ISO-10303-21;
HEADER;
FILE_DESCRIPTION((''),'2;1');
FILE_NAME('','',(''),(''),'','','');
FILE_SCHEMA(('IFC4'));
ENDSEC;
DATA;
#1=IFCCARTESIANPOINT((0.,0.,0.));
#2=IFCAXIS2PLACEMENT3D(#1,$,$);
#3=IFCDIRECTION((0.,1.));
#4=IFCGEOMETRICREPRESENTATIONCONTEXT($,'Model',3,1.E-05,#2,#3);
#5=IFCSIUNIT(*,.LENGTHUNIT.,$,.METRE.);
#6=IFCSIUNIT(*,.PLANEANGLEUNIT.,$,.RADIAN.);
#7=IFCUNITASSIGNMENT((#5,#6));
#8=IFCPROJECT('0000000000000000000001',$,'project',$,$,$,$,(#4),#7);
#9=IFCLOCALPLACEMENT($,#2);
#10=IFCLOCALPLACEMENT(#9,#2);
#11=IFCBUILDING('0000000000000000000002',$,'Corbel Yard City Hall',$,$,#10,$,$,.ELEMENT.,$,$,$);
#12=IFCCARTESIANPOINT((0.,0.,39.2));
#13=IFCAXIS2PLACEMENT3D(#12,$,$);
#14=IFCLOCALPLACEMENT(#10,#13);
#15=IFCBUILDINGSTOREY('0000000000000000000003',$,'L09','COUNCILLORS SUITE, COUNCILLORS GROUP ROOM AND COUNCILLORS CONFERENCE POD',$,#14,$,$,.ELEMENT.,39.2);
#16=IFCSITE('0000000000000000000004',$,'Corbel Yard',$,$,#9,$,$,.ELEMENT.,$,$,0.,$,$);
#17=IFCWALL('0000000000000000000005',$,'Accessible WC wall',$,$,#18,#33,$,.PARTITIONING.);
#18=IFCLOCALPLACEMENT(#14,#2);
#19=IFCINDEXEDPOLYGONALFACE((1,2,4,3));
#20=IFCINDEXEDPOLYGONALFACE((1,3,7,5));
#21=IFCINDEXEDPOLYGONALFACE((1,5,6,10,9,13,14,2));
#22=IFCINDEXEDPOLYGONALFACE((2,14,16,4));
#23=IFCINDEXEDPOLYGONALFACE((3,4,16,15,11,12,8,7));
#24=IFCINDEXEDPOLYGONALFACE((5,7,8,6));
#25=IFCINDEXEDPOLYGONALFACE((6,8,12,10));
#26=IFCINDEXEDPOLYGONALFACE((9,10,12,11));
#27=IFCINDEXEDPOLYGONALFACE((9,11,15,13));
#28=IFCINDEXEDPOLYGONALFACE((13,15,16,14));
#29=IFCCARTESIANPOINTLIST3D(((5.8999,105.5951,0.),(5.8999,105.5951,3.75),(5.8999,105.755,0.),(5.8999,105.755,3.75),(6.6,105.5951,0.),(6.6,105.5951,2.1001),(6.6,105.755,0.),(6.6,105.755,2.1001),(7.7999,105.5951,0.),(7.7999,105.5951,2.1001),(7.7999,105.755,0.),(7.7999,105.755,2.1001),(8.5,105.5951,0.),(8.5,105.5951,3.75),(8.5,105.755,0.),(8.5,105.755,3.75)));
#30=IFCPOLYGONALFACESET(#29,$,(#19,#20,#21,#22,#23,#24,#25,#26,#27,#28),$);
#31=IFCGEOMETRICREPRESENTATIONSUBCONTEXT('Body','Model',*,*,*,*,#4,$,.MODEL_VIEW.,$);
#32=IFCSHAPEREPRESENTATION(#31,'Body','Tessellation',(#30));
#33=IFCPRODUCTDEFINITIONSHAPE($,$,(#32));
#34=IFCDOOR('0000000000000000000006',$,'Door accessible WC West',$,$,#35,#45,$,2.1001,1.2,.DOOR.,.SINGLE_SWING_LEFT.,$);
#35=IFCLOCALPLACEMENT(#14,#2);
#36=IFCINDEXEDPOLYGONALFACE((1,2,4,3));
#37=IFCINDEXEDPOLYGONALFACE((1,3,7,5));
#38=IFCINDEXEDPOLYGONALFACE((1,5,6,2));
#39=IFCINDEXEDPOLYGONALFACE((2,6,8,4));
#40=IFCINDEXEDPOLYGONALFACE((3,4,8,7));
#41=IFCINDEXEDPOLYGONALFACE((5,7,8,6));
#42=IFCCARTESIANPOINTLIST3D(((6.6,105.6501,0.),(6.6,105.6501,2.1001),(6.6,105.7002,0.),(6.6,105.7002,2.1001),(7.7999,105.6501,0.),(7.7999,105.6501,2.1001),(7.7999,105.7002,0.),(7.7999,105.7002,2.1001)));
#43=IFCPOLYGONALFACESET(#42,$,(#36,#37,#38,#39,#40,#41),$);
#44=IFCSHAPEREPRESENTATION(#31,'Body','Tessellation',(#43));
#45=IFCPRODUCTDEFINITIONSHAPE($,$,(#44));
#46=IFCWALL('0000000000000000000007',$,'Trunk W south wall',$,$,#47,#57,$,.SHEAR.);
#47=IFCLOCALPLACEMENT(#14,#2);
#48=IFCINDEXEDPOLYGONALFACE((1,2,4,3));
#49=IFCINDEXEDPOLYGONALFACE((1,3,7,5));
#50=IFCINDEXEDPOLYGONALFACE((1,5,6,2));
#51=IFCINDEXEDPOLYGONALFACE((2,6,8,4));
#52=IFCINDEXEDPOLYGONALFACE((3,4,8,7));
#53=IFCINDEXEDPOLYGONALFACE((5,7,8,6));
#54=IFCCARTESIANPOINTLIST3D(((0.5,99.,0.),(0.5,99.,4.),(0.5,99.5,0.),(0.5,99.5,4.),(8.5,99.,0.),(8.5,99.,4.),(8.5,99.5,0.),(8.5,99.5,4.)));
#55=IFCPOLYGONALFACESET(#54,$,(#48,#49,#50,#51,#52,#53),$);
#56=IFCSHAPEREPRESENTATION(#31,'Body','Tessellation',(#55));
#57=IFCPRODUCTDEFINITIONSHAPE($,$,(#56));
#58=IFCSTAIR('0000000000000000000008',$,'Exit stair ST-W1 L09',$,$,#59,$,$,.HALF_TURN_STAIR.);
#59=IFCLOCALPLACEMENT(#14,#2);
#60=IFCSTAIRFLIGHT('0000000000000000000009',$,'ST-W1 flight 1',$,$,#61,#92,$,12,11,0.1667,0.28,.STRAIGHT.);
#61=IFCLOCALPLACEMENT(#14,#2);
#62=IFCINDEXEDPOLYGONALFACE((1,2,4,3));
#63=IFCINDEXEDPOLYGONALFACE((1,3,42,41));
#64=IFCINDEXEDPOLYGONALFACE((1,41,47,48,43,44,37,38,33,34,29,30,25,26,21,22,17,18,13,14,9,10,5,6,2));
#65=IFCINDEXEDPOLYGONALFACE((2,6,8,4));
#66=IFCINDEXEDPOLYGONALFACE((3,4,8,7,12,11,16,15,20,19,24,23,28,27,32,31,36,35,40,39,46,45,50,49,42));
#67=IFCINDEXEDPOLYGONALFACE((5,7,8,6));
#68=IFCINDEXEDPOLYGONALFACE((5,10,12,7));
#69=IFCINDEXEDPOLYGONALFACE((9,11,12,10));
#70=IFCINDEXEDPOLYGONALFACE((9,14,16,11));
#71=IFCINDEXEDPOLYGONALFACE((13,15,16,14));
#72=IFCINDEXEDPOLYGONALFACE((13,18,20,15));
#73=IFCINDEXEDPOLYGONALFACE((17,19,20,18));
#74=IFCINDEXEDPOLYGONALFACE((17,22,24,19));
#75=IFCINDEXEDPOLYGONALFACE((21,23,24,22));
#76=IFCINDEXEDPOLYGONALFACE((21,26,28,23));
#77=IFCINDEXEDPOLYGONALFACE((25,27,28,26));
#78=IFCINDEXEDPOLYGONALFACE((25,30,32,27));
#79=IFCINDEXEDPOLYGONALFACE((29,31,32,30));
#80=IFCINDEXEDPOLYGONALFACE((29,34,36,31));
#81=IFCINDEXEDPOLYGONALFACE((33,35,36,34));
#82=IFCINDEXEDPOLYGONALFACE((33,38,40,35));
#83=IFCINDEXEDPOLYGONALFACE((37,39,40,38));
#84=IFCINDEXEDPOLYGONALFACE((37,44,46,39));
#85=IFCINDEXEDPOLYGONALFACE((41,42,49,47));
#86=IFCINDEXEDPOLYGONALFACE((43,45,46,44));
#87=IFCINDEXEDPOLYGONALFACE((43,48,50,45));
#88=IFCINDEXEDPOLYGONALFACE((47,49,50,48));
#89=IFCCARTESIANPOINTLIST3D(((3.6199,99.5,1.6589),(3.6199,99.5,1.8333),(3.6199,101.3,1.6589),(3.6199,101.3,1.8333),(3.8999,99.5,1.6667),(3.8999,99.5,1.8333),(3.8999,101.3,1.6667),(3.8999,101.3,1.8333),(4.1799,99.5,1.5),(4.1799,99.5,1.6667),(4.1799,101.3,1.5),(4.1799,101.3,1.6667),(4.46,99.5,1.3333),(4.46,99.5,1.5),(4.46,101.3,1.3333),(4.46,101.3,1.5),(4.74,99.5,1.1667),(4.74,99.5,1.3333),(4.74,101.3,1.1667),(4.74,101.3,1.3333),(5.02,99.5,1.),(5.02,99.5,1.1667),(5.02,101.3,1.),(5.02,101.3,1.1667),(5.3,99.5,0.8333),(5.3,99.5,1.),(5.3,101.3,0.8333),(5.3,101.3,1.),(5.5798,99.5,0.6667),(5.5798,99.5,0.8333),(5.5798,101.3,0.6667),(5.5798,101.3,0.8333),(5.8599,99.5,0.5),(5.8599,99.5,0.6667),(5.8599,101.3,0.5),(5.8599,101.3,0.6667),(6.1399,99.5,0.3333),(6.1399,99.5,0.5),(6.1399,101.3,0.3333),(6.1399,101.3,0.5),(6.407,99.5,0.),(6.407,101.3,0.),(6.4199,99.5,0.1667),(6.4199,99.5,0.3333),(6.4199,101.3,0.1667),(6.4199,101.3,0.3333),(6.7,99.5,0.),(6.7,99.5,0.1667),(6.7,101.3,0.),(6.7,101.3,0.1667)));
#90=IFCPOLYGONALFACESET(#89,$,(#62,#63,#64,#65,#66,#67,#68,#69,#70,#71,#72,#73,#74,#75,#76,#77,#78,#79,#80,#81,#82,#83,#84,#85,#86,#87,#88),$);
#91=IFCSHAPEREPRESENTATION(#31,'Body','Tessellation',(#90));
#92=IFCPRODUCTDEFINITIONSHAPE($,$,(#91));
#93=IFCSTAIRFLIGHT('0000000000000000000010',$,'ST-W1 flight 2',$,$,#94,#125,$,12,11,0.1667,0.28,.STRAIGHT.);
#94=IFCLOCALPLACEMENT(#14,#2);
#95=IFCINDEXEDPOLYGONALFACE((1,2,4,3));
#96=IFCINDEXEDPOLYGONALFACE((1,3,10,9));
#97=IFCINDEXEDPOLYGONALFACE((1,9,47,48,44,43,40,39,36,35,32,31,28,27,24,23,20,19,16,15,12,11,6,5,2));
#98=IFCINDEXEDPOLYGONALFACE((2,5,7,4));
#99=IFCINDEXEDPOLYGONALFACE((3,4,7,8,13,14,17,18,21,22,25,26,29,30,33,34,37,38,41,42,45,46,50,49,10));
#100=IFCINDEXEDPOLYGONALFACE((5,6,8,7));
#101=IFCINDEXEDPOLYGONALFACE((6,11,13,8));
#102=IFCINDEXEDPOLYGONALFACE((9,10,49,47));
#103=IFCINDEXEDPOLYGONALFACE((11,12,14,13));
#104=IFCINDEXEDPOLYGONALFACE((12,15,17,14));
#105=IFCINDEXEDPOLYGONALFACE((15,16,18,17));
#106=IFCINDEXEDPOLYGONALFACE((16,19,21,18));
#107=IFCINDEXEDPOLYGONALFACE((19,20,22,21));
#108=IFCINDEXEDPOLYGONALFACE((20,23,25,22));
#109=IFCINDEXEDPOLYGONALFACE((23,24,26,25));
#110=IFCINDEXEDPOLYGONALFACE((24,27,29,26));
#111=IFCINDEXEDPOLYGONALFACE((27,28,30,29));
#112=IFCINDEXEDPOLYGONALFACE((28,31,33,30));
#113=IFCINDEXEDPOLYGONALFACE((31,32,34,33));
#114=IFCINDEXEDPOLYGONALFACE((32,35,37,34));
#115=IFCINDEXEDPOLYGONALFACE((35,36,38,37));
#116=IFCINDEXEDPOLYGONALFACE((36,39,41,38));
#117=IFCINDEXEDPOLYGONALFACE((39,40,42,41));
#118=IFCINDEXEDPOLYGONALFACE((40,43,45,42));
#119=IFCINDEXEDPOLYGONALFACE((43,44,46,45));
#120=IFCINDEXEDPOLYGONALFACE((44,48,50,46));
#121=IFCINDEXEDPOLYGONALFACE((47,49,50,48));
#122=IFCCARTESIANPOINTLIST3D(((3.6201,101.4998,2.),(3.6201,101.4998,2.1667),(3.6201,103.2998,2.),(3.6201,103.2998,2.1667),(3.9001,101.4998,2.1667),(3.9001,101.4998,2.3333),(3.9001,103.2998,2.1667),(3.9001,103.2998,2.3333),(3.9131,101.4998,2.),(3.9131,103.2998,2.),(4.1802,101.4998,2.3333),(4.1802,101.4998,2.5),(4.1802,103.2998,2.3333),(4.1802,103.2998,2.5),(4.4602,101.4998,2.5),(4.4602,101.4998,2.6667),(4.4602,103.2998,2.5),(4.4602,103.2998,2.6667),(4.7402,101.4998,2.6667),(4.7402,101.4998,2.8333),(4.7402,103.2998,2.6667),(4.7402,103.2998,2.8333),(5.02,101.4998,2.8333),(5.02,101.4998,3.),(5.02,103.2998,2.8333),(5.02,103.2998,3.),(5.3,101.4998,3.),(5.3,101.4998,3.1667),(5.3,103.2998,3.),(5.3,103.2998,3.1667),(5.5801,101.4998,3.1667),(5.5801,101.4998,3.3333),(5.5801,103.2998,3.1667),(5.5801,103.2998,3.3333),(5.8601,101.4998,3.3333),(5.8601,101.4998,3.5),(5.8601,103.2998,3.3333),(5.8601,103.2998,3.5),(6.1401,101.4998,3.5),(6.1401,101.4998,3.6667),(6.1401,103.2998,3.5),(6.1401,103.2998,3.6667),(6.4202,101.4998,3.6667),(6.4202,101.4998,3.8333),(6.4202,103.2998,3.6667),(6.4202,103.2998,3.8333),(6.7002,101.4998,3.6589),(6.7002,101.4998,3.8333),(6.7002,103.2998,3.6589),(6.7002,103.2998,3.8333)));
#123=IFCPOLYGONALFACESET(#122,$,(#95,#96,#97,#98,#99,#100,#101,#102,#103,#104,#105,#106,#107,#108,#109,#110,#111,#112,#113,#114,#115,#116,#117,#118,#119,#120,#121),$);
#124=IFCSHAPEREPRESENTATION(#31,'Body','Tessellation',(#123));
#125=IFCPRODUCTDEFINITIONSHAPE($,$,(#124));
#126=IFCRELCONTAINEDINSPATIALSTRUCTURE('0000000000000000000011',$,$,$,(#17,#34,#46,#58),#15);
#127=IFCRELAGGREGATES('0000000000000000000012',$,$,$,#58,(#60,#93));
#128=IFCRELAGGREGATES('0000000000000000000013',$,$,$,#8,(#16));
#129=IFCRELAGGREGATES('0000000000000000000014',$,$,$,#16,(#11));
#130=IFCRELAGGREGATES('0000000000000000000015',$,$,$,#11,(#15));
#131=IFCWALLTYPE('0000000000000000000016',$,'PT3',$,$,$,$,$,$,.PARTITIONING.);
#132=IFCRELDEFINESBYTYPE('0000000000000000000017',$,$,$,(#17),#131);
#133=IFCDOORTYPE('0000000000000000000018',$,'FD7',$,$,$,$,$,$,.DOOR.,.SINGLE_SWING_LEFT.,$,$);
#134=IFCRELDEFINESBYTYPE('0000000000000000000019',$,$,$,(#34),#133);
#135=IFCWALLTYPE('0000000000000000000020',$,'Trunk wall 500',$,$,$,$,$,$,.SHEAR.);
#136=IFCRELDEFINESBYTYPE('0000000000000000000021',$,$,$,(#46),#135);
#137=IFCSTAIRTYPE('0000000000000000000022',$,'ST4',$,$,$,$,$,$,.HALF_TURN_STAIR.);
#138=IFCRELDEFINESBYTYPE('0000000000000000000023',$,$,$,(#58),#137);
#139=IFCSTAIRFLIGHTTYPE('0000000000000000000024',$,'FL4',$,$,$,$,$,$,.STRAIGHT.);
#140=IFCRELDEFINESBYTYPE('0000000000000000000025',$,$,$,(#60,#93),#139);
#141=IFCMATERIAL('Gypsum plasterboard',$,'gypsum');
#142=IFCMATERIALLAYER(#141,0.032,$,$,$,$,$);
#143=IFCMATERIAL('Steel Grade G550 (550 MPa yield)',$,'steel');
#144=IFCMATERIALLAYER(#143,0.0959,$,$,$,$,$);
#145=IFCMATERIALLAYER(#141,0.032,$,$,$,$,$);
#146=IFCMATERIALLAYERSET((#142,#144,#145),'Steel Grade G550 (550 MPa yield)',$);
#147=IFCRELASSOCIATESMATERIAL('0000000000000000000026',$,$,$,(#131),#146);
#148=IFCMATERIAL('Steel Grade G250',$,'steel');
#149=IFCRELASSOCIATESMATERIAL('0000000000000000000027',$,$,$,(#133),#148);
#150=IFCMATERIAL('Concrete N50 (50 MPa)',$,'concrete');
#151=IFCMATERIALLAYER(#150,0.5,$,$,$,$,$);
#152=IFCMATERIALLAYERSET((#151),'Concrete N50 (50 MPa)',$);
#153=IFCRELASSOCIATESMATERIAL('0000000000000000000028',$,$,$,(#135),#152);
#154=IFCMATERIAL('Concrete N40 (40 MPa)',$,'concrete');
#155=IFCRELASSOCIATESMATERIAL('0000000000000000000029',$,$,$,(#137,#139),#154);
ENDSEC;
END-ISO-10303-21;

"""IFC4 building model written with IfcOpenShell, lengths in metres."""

from ifc_helpers import new_model, si_unit, direction, frame, frame_2d, origin, place, context, subcontext, project, spatial, polyline, rectangle, outline, extrude, material, layer, layer_set, type_object, element, fill, aggregate, save


model = new_model("IFC4")

# Units and contexts
model_context = context("Model", 3, precision=1e-05, world=origin(), true_north=direction((0.0, 1.0)))
body_context = subcontext(model_context, "Body", "Model", "MODEL_VIEW")
ifc_project = project(units=[si_unit("LENGTHUNIT", "METRE"), si_unit("PLANEANGLEUNIT", "RADIAN")], contexts=[model_context])

# Site, building, storey
site_placement = place(None, origin())
site = spatial("IfcSite", under=ifc_project, at=site_placement, Name="Corbel Yard", CompositionType="ELEMENT", RefElevation=0.0)
building_placement = place(site_placement, origin())
building = spatial("IfcBuilding", under=site, at=building_placement, Name="Corbel Yard City Hall", CompositionType="ELEMENT")
storey_placement = place(building_placement, frame((0.0, 0.0, 39.2)))
storey = spatial("IfcBuildingStorey", under=building, at=storey_placement, Name="L09", Description="COUNCILLORS SUITE, COUNCILLORS GROUP ROOM AND COUNCILLORS CONFERENCE POD", CompositionType="ELEMENT", Elevation=39.2)

# Shared definitions
ifc_material_1 = material(Name="Concrete N40 (40 MPa)", Category="concrete")

# Wall, opening, door
ifc_material_2 = material(Name="Gypsum plasterboard", Category="gypsum")
ifc_layer_1 = layer(ifc_material_2, 0.032)
ifc_material_3 = material(Name="Steel Grade G550 (550 MPa yield)", Category="steel")
ifc_layer_2 = layer(ifc_material_3, 0.0959)
ifc_layer_3 = layer(ifc_material_2, 0.032)
ifc_layer_set_1 = layer_set([ifc_layer_1, ifc_layer_2, ifc_layer_3], Name="Steel Grade G550 (550 MPa yield)")
wall_type_1 = type_object("IfcWallType", Name="PT3", PredefinedType="PARTITIONING", material=ifc_layer_set_1)
wall_1_placement = place(storey_placement, frame((8.5, 105.675, 0.0), z_axis=(0.0, 0.0, 1.0), x_axis=(-1.0, 0.0, 0.0)))
wall_1 = element("IfcWall", 1, at=wall_1_placement, inside=storey, type_object=wall_type_1, Name="Accessible WC wall", PredefinedType="PARTITIONING", context=body_context, shape_type="SweptSolid", body=[
    extrude(rectangle(XDim=2.6001, YDim=0.1599, at=frame_2d((1.3, 0.0))), origin(), (0.0, 0.0, 1.0), 3.75),
])
opening_1_placement = place(wall_1_placement, frame((0.7, 0.0, 0.0)))
opening_1 = element("IfcOpeningElement", 2, at=opening_1_placement, cuts=wall_1, PredefinedType="OPENING", context=body_context, shape_type="SweptSolid", body=[
    extrude(rectangle(XDim=1.2, YDim=2.1001, at=frame_2d((0.6001, 1.05))), frame((0.0, 0.0898, 0.0), z_axis=(0.0, -1.0, 0.0), x_axis=(1.0, 0.0, 0.0)), (0.0, 0.0, 1.0), 0.1799),
])
ifc_material_4 = material(Name="Steel Grade G250", Category="steel")
door_type_1 = type_object("IfcDoorType", Name="FD7", OperationType="SINGLE_SWING_LEFT", PredefinedType="DOOR", material=ifc_material_4)
door_1_placement = place(opening_1_placement, origin())
door_1 = element("IfcDoor", 3, at=door_1_placement, inside=storey, type_object=door_type_1, Name="Door accessible WC West", OperationType="SINGLE_SWING_LEFT", OverallHeight=2.1001, OverallWidth=1.2, PredefinedType="DOOR", context=body_context, shape_type="SweptSolid", body=[
    extrude(rectangle(XDim=1.2, YDim=2.1001, at=frame_2d((0.6001, 1.05))), frame((0.0, 0.0249, 0.0), z_axis=(0.0, -1.0, 0.0), x_axis=(1.0, 0.0, 0.0)), (0.0, 0.0, 1.0), 0.05),
])
fill(opening_1, door_1)

# Wall
ifc_material_5 = material(Name="Concrete N50 (50 MPa)", Category="concrete")
ifc_layer_4 = layer(ifc_material_5, 0.5)
ifc_layer_set_2 = layer_set([ifc_layer_4], Name="Concrete N50 (50 MPa)")
wall_type_2 = type_object("IfcWallType", Name="Trunk wall 500", PredefinedType="SHEAR", material=ifc_layer_set_2)
wall_2_placement = place(storey_placement, frame((0.5, 99.25, 0.0), z_axis=(0.0, 0.0, 1.0), x_axis=(1.0, 0.0, 0.0)))
element("IfcWall", 4, at=wall_2_placement, inside=storey, type_object=wall_type_2, Name="Trunk W south wall", PredefinedType="SHEAR", context=body_context, shape_type="SweptSolid", body=[
    extrude(rectangle(XDim=8.0, YDim=0.5, at=frame_2d((4.0, 0.0))), origin(), (0.0, 0.0, 1.0), 4.0),
])

# Stair, stair flights
stair_type = type_object("IfcStairType", Name="ST4", PredefinedType="HALF_TURN_STAIR", material=ifc_material_1)
stair_placement = place(storey_placement, origin())
stair = element("IfcStair", 5, at=stair_placement, inside=storey, type_object=stair_type, Name="Exit stair ST-W1 L09", PredefinedType="HALF_TURN_STAIR")
stair_flight_type = type_object("IfcStairFlightType", Name="FL4", PredefinedType="STRAIGHT", material=ifc_material_1)
stair_flight_1_placement = place(storey_placement, frame((6.7, 100.3999, 0.0), z_axis=(0.0, 0.0, 1.0), x_axis=(-1.0, 0.0, 0.0)))
stair_flight_1 = element("IfcStairFlight", 6, at=stair_flight_1_placement, type_object=stair_flight_type, Name="ST-W1 flight 1", NumberOfRisers=12, NumberOfTreads=11, PredefinedType="STRAIGHT", RiserHeight=0.1667, TreadLength=0.28, context=body_context, shape_type="SweptSolid", body=[
    extrude(outline(polyline([(0.0, 0.0), (0.0, 0.1667), (0.28, 0.1667), (0.28, 0.3333), (0.5601, 0.3333), (0.5601, 0.5), (0.8401, 0.5), (0.8401, 0.6667), (1.1201, 0.6667), (1.1201, 0.8333), (1.3999, 0.8333), (1.3999, 1.0), (1.6799, 1.0), (1.6799, 1.1667), (1.96, 1.1667), (1.96, 1.3333), (2.24, 1.3333), (2.24, 1.5), (2.52, 1.5), (2.52, 1.6667), (2.8, 1.6667), (2.8, 1.8333), (3.0801, 1.8333), (3.0801, 2.0), (3.0801, 1.6589), (0.293, 0.0), (0.0, 0.0)])), frame((0.0, 0.8999, 0.0), z_axis=(0.0, -1.0, 0.0), x_axis=(1.0, 0.0, 0.0)), (0.0, 0.0, 1.0), 1.8),
])
stair_flight_2_placement = place(storey_placement, frame((3.6201, 102.3999, 2.0), z_axis=(0.0, 0.0, 1.0), x_axis=(1.0, 0.0, 0.0)))
stair_flight_2 = element("IfcStairFlight", 7, at=stair_flight_2_placement, type_object=stair_flight_type, Name="ST-W1 flight 2", NumberOfRisers=12, NumberOfTreads=11, PredefinedType="STRAIGHT", RiserHeight=0.1667, TreadLength=0.28, context=body_context, shape_type="SweptSolid", body=[
    extrude(outline(polyline([(0.0, 0.0), (0.0, 0.1667), (0.28, 0.1667), (0.28, 0.3333), (0.5601, 0.3333), (0.5601, 0.5), (0.8401, 0.5), (0.8401, 0.6667), (1.1201, 0.6667), (1.1201, 0.8333), (1.3999, 0.8333), (1.3999, 1.0), (1.6799, 1.0), (1.6799, 1.1667), (1.96, 1.1667), (1.96, 1.3333), (2.24, 1.3333), (2.24, 1.5), (2.52, 1.5), (2.52, 1.6667), (2.8, 1.6667), (2.8, 1.8333), (3.0801, 1.8333), (3.0801, 2.0), (3.0801, 1.6589), (0.293, 0.0), (0.0, 0.0)])), frame((0.0, 0.8999, 0.0), z_axis=(0.0, -1.0, 0.0), x_axis=(1.0, 0.0, 0.0)), (0.0, 0.0, 1.0), 1.8),
])
aggregate(stair, [stair_flight_1, stair_flight_2])

save(model, "model.ifc")
